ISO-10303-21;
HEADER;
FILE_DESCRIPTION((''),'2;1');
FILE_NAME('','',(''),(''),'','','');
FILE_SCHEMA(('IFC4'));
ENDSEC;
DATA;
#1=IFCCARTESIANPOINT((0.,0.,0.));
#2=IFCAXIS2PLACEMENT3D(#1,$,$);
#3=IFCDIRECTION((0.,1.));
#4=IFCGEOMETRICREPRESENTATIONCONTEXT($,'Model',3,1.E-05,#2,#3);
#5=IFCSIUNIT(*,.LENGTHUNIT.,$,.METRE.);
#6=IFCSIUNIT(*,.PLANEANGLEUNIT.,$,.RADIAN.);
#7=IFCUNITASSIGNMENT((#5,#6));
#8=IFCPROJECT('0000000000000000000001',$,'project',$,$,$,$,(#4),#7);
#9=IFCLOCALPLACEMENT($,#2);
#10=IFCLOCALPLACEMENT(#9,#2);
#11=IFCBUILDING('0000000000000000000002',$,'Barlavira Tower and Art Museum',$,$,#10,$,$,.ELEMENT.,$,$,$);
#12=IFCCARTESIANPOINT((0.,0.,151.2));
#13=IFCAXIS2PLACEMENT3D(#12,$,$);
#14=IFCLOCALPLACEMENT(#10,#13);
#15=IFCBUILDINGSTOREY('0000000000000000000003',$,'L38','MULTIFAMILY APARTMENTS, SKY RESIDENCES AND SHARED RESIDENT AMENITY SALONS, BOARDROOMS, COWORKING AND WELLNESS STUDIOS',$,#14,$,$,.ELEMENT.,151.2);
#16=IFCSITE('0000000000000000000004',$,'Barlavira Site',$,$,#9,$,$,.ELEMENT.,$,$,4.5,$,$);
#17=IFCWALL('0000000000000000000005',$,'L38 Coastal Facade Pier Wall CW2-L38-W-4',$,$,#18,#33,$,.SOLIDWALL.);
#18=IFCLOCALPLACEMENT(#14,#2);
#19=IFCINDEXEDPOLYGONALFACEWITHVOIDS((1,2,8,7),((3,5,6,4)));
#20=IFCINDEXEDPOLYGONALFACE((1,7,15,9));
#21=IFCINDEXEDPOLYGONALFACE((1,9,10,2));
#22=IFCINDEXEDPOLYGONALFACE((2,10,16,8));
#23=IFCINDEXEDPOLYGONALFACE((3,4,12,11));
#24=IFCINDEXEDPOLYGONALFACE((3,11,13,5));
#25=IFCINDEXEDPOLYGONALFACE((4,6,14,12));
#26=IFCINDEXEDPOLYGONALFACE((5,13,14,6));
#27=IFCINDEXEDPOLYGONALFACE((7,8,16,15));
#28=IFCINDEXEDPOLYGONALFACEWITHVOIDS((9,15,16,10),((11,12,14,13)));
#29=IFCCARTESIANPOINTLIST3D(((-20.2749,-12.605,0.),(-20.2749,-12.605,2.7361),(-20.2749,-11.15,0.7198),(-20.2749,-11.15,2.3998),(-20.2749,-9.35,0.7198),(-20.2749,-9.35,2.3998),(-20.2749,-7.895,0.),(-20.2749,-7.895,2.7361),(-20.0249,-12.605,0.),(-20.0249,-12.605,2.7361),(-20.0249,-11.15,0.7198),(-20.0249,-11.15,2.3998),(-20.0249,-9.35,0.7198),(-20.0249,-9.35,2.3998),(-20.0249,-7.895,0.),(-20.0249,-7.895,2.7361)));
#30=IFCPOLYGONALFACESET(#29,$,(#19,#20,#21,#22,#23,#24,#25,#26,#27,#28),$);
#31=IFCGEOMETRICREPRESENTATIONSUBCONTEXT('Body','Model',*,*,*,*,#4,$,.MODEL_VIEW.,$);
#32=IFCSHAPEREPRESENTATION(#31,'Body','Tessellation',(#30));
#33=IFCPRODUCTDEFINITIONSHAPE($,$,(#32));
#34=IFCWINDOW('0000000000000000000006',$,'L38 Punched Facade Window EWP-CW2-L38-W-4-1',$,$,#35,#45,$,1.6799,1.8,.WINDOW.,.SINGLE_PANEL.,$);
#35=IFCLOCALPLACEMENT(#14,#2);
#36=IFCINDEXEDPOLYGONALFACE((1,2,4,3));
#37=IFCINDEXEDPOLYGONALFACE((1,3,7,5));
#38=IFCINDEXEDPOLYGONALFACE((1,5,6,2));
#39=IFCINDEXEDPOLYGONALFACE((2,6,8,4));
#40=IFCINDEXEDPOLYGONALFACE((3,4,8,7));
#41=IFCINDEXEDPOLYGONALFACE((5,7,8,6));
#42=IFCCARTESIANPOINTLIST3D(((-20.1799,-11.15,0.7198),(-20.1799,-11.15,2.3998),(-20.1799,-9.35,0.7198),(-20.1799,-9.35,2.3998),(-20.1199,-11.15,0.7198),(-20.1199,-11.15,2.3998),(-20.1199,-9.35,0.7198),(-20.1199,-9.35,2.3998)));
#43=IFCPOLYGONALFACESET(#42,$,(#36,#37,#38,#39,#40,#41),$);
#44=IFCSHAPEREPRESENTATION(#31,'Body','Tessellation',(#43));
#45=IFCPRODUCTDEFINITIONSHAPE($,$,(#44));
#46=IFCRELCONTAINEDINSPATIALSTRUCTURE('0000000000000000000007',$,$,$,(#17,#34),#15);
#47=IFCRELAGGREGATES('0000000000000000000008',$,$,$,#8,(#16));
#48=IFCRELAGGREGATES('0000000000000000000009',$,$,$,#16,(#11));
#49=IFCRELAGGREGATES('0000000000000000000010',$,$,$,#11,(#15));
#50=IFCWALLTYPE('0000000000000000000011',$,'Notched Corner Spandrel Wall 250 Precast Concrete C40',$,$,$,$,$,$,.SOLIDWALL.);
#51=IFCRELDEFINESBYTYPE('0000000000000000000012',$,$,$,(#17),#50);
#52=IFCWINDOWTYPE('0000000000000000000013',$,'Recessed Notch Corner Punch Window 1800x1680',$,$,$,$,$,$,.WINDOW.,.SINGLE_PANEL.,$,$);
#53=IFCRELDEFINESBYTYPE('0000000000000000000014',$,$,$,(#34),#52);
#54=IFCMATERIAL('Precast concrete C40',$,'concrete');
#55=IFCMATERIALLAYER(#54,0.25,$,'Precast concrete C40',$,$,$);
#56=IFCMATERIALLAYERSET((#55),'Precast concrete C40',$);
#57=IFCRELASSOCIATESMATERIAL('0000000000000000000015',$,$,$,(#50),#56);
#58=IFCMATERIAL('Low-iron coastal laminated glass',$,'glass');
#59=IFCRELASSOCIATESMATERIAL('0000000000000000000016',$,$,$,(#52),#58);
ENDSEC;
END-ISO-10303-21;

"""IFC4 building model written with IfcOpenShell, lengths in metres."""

from ifc_helpers import new_model, si_unit, direction, frame, frame_2d, origin, place, context, subcontext, project, spatial, rectangle, extrude, material, layer, layer_set, type_object, element, fill, save


model = new_model("IFC4")

# Units and contexts
model_context = context("Model", 3, precision=1e-05, world=origin(), true_north=direction((0.0, 1.0)))
body_context = subcontext(model_context, "Body", "Model", "MODEL_VIEW")
ifc_project = project(units=[si_unit("LENGTHUNIT", "METRE"), si_unit("PLANEANGLEUNIT", "RADIAN")], contexts=[model_context])

# Site, building, storey
site_placement = place(None, origin())
site = spatial("IfcSite", under=ifc_project, at=site_placement, Name="Barlavira Site", CompositionType="ELEMENT", RefElevation=4.5)
building_placement = place(site_placement, origin())
building = spatial("IfcBuilding", under=site, at=building_placement, Name="Barlavira Tower and Art Museum", CompositionType="ELEMENT")
storey_placement = place(building_placement, frame((0.0, 0.0, 151.2)))
storey = spatial("IfcBuildingStorey", under=building, at=storey_placement, Name="L38", Description="MULTIFAMILY APARTMENTS, SKY RESIDENCES AND SHARED RESIDENT AMENITY SALONS, BOARDROOMS, COWORKING AND WELLNESS STUDIOS", CompositionType="ELEMENT", Elevation=151.2)

# Shared definitions
ifc_material_1 = material(Name="Low-iron coastal laminated glass", Category="glass")

# Wall, opening, window
ifc_material_2 = material(Name="Precast concrete C40", Category="concrete")
ifc_layer_1 = layer(ifc_material_2, 0.25, Name="Precast concrete C40")
ifc_layer_set_1 = layer_set([ifc_layer_1], Name="Precast concrete C40")
wall_type_1 = type_object("IfcWallType", Name="Notched Corner Spandrel Wall 250 Precast Concrete C40", PredefinedType="SOLIDWALL", material=ifc_layer_set_1)
wall_1_placement = place(storey_placement, frame((-20.1499, -7.895, 0.0), z_axis=(0.0, 0.0, 1.0), x_axis=(0.0, -1.0, 0.0)))
wall_1 = element("IfcWall", 1, at=wall_1_placement, inside=storey, type_object=wall_type_1, Name="L38 Coastal Facade Pier Wall CW2-L38-W-4", PredefinedType="SOLIDWALL", context=body_context, shape_type="SweptSolid", body=[
    extrude(rectangle(XDim=4.71, YDim=0.25, at=frame_2d((2.355, 0.0))), origin(), (0.0, 0.0, 1.0), 2.7361),
])
opening_1_placement = place(wall_1_placement, frame((1.4551, 0.0, 0.72)))
opening_1 = element("IfcOpeningElement", 2, at=opening_1_placement, cuts=wall_1, PredefinedType="OPENING", context=body_context, shape_type="SweptSolid", body=[
    extrude(rectangle(XDim=1.8, YDim=1.6799, at=frame_2d((0.8999, 0.8398))), frame((0.0, 0.135, 0.0), z_axis=(0.0, -1.0, 0.0), x_axis=(1.0, 0.0, 0.0)), (0.0, 0.0, 1.0), 0.27),
])
window_type = type_object("IfcWindowType", Name="Recessed Notch Corner Punch Window 1800x1680", PartitioningType="SINGLE_PANEL", PredefinedType="WINDOW", material=ifc_material_1)
window_placement = place(opening_1_placement, origin())
window = element("IfcWindow", 3, at=window_placement, inside=storey, type_object=window_type, Name="L38 Punched Facade Window EWP-CW2-L38-W-4-1", OverallHeight=1.6799, OverallWidth=1.8, PartitioningType="SINGLE_PANEL", PredefinedType="WINDOW", context=body_context, shape_type="SweptSolid", body=[
    extrude(rectangle(XDim=1.8, YDim=1.6799, at=frame_2d((0.8999, 0.8398))), frame((0.0, 0.03, 0.0), z_axis=(0.0, -1.0, 0.0), x_axis=(1.0, 0.0, 0.0)), (0.0, 0.0, 1.0), 0.0601),
])
fill(opening_1, window)

save(model, "model.ifc")
